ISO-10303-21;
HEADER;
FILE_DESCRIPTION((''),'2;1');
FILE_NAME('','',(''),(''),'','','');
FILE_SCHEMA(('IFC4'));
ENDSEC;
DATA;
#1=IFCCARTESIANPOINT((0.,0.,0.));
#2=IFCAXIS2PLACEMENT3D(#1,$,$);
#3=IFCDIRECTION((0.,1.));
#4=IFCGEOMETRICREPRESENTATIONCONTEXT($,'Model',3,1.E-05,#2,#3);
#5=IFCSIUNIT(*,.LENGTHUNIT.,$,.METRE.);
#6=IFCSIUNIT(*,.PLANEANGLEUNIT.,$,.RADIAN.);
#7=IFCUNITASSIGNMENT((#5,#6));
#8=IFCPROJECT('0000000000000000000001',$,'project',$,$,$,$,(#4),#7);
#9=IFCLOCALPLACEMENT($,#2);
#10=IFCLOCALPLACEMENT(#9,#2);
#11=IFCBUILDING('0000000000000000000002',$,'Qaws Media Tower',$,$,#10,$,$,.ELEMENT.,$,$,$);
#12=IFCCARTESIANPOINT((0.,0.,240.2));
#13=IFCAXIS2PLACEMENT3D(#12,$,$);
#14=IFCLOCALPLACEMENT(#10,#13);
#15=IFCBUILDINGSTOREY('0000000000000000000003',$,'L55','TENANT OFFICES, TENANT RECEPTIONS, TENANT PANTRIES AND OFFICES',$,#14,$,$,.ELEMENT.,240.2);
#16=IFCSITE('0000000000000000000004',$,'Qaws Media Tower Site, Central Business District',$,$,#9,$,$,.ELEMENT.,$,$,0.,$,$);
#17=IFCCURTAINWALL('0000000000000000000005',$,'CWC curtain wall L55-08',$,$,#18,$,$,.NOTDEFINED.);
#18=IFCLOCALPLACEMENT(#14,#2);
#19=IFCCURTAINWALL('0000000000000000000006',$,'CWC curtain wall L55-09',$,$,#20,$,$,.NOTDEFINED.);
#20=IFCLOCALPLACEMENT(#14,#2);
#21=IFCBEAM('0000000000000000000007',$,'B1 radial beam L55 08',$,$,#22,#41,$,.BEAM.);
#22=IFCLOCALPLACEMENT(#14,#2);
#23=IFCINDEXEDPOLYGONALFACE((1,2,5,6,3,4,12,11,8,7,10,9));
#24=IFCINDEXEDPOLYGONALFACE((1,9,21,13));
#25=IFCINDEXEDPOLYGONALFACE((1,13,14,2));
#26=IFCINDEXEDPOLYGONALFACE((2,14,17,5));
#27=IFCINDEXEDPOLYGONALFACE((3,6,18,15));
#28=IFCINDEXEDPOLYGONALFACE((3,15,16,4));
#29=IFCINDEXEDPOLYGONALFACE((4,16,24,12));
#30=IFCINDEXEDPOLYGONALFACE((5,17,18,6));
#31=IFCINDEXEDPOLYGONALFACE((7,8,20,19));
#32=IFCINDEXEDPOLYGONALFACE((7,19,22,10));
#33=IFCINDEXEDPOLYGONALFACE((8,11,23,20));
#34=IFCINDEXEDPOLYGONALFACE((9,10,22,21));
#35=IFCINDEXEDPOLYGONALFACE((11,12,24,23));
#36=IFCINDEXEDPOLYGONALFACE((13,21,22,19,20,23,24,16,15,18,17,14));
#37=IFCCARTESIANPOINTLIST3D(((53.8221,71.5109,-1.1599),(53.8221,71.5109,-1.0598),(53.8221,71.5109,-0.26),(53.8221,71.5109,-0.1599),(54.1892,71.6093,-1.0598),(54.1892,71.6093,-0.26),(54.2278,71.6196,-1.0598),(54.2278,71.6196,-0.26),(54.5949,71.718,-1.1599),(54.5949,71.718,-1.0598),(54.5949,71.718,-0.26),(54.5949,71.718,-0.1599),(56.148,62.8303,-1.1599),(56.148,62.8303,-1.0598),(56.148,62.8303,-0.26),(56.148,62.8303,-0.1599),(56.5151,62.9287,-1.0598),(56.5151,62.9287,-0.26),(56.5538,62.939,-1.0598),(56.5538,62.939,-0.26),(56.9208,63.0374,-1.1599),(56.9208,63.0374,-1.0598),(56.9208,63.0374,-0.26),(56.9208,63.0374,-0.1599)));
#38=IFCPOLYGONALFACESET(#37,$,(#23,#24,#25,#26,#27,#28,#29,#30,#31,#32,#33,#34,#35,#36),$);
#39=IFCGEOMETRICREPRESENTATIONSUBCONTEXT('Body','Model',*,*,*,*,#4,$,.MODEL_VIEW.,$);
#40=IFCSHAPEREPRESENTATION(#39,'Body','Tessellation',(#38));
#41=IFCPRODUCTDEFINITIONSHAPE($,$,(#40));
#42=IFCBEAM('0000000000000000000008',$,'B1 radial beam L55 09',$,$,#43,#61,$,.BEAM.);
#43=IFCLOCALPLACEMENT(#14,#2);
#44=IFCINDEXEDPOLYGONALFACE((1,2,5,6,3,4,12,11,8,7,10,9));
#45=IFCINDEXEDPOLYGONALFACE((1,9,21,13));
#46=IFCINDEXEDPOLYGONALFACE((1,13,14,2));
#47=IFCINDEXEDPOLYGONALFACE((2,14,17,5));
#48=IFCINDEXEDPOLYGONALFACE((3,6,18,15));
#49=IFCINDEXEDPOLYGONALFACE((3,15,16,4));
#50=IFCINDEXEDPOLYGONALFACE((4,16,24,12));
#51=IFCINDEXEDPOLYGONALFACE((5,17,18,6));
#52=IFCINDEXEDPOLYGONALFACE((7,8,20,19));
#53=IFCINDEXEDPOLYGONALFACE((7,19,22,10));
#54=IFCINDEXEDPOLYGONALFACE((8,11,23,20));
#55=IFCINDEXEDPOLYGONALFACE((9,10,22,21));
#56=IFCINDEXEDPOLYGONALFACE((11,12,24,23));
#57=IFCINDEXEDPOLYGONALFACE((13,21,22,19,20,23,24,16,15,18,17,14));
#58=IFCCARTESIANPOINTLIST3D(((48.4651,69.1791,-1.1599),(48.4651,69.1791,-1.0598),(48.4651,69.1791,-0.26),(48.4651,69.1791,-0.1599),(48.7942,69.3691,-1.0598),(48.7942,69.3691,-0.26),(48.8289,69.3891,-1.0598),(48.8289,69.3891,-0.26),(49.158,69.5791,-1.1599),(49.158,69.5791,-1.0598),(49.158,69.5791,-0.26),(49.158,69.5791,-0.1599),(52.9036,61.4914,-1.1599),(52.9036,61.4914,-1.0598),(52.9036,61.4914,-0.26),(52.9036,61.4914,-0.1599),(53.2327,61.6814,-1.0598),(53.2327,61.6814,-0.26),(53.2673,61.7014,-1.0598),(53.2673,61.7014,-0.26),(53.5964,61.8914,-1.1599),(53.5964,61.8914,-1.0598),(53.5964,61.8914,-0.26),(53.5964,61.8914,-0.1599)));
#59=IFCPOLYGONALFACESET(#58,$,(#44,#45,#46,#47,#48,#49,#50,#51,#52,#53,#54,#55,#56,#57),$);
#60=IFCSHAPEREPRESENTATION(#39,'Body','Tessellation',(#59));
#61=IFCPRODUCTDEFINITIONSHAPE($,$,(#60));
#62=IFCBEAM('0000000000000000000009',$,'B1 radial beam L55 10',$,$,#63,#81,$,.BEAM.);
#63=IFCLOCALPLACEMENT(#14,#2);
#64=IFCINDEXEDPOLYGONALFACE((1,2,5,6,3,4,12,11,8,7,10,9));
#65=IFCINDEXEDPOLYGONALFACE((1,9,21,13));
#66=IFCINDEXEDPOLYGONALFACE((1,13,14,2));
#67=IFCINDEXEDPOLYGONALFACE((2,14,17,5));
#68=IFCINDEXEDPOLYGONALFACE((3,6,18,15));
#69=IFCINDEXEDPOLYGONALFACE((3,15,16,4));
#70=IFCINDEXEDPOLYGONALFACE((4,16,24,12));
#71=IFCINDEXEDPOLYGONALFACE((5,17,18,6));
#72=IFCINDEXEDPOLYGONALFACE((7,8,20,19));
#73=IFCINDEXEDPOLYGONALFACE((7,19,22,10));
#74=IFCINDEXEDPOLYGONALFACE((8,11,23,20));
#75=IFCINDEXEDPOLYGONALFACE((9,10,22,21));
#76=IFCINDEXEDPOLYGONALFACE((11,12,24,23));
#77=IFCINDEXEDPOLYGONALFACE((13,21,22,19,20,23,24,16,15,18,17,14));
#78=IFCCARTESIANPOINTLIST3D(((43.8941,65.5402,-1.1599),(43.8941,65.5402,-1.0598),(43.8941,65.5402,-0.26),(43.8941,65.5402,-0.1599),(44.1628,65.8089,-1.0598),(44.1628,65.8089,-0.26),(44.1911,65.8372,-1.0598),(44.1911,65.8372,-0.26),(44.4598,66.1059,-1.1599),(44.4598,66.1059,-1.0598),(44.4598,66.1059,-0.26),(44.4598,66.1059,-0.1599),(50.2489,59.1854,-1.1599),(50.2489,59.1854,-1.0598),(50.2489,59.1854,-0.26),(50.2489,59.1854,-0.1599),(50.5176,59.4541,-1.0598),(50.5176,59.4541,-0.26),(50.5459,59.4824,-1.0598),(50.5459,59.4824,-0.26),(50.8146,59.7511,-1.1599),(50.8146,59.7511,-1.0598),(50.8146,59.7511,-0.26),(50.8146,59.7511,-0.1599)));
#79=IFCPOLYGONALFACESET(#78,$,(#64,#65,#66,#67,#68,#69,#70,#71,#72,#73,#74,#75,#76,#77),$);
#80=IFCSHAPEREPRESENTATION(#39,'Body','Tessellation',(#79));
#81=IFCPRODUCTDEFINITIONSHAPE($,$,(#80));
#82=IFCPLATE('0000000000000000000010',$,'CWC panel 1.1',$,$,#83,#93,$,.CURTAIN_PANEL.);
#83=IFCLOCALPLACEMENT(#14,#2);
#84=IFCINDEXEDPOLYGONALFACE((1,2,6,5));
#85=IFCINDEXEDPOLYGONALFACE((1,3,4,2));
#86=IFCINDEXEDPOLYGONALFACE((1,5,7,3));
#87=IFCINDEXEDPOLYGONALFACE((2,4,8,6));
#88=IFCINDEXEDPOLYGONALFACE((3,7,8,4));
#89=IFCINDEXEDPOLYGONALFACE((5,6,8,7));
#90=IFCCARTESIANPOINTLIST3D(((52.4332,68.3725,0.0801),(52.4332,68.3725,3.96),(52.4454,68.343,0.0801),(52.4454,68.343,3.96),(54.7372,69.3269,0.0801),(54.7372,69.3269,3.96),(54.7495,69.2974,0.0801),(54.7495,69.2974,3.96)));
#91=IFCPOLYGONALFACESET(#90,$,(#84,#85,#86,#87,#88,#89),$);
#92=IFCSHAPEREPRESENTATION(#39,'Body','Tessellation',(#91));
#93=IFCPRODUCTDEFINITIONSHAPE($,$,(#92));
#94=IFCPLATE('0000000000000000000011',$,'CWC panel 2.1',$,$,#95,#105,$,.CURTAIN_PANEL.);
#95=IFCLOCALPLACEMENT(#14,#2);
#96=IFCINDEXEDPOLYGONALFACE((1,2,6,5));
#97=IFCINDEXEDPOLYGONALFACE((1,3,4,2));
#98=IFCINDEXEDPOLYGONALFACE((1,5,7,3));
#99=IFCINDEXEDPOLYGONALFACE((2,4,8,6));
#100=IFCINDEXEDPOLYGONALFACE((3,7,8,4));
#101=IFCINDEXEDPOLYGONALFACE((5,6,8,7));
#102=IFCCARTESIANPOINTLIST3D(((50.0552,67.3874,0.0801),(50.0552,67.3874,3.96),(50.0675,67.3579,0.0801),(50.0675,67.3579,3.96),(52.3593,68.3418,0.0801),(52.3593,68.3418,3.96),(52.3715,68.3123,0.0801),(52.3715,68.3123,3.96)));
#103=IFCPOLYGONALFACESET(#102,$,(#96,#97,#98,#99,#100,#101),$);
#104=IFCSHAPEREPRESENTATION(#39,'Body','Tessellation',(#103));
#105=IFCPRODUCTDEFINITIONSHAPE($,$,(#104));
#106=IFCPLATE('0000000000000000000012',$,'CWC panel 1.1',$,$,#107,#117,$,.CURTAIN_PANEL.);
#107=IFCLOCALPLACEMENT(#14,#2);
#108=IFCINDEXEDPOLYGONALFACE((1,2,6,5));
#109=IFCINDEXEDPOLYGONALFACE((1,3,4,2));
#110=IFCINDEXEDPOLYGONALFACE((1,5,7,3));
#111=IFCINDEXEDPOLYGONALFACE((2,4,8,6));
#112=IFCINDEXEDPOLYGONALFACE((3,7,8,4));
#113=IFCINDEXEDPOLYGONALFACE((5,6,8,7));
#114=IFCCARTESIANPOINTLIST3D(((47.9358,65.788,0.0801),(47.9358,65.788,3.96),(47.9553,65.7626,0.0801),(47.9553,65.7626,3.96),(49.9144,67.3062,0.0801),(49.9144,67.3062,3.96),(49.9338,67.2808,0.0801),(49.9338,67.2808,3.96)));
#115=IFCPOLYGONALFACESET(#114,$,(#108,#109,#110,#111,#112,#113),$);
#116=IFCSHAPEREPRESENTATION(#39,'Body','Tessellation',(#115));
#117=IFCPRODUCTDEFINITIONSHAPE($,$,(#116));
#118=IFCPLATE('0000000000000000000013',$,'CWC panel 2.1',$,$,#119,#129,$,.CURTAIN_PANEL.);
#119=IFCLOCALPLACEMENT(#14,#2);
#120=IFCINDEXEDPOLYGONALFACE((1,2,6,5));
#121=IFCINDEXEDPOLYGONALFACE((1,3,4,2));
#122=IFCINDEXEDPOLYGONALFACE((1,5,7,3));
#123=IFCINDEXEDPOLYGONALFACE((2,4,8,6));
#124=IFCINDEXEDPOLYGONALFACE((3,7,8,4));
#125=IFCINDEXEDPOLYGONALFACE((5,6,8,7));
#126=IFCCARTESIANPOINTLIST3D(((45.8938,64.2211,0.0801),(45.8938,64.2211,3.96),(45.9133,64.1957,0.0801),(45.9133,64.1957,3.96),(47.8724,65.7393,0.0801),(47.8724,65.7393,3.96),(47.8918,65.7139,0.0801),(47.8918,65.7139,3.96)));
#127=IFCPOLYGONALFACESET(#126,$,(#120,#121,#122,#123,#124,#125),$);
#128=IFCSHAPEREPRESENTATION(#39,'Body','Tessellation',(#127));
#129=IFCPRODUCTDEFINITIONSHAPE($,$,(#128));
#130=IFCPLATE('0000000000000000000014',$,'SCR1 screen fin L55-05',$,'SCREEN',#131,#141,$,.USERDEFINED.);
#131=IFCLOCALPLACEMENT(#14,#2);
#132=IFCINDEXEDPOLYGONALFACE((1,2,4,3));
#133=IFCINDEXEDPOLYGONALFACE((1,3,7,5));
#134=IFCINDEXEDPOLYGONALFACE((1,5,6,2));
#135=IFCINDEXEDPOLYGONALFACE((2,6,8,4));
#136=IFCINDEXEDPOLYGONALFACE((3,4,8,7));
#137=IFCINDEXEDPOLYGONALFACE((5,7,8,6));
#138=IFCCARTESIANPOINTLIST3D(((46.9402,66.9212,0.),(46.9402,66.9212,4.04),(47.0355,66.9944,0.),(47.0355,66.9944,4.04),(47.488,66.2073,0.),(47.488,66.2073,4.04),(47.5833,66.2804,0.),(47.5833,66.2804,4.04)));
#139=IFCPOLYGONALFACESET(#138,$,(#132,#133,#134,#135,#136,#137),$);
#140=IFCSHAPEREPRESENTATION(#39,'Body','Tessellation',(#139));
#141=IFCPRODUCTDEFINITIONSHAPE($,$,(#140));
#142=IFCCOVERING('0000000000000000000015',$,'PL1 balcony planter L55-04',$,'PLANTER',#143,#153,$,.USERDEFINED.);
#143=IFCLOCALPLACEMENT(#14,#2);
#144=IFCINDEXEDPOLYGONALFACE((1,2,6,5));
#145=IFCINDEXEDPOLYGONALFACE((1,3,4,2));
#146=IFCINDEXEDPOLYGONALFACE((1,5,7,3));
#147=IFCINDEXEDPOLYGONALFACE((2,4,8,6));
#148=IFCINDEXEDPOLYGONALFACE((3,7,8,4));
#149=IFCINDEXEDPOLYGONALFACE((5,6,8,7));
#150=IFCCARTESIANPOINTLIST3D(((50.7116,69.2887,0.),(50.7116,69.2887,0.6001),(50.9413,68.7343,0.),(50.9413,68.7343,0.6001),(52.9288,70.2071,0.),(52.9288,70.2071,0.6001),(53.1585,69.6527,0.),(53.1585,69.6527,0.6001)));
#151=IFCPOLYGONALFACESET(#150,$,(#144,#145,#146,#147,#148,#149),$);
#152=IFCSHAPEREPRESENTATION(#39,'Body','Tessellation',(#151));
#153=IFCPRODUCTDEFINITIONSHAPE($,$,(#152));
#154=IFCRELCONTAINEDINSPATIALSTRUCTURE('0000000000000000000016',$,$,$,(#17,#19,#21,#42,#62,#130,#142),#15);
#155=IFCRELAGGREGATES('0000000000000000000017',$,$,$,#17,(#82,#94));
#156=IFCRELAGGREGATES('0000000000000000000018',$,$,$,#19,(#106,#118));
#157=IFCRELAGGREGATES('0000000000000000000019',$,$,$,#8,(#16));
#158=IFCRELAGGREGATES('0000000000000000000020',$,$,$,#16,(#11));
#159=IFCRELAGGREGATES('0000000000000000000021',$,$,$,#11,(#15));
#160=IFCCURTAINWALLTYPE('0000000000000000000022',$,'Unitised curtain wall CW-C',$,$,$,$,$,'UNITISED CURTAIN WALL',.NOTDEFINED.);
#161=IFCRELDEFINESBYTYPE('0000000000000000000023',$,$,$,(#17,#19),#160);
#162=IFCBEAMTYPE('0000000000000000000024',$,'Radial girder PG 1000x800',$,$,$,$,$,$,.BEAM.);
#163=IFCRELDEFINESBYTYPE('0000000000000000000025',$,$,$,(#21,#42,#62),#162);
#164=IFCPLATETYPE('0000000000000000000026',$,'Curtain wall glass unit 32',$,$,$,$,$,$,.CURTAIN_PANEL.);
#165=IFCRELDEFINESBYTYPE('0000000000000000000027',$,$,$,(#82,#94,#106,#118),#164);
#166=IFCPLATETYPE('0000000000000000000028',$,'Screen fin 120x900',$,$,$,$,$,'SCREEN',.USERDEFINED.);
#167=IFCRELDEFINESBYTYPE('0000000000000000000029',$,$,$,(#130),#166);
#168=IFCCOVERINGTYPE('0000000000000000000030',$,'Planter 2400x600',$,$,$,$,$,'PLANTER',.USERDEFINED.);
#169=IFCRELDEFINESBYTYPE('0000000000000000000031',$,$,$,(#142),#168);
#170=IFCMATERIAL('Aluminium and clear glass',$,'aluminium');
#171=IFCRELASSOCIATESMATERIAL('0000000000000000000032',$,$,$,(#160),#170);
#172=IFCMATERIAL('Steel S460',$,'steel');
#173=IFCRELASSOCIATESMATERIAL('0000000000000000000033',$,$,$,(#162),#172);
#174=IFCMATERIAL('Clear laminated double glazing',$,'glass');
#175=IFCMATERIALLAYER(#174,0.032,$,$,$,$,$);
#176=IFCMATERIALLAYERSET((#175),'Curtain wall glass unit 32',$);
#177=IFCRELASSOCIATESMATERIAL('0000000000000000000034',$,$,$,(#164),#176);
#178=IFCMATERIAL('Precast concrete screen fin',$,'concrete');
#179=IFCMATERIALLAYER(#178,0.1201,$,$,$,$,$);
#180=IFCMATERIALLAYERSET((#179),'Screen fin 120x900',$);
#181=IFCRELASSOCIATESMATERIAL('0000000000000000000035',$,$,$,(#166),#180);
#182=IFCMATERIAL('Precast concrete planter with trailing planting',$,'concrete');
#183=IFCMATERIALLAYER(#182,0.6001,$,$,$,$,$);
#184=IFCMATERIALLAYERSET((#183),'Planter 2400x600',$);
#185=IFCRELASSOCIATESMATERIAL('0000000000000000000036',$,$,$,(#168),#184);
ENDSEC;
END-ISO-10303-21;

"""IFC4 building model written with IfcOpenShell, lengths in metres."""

from ifc_helpers import new_model, si_unit, direction, frame, origin, origin_2d, place, context, subcontext, project, spatial, rectangle, i_section, extrude, material, layer, layer_set, material_profile, profile_set, type_object, element, aggregate, save


model = new_model("IFC4")

# Units and contexts
model_context = context("Model", 3, precision=1e-05, world=origin(), true_north=direction((0.0, 1.0)))
body_context = subcontext(model_context, "Body", "Model", "MODEL_VIEW")
ifc_project = project(units=[si_unit("LENGTHUNIT", "METRE"), si_unit("PLANEANGLEUNIT", "RADIAN")], contexts=[model_context])

# Site, building, storey
site_placement = place(None, origin())
site = spatial("IfcSite", under=ifc_project, at=site_placement, Name="Qaws Media Tower Site, Central Business District", CompositionType="ELEMENT", RefElevation=0.0)
building_placement = place(site_placement, origin())
building = spatial("IfcBuilding", under=site, at=building_placement, Name="Qaws Media Tower", CompositionType="ELEMENT")
storey_placement = place(building_placement, frame((0.0, 0.0, 240.2)))
storey = spatial("IfcBuildingStorey", under=building, at=storey_placement, Name="L55", Description="TENANT OFFICES, TENANT RECEPTIONS, TENANT PANTRIES AND OFFICES", CompositionType="ELEMENT", Elevation=240.2)

# Curtain walls
ifc_material_1 = material(Name="Aluminium and clear glass", Category="aluminium")
curtain_wall_type = type_object("IfcCurtainWallType", Name="Unitised curtain wall CW-C", ElementType="UNITISED CURTAIN WALL", PredefinedType="NOTDEFINED", material=ifc_material_1)
curtain_wall_1_placement = place(storey_placement, origin())
curtain_wall_1 = element("IfcCurtainWall", 1, at=curtain_wall_1_placement, inside=storey, type_object=curtain_wall_type, Name="CWC curtain wall L55-08", PredefinedType="NOTDEFINED")
curtain_wall_2_placement = place(storey_placement, origin())
curtain_wall_2 = element("IfcCurtainWall", 2, at=curtain_wall_2_placement, inside=storey, type_object=curtain_wall_type, Name="CWC curtain wall L55-09", PredefinedType="NOTDEFINED")

# Beams
ifc_material_2 = material(Name="Steel S460", Category="steel")
ifc_material_profile_1 = material_profile(ifc_material_2, i_section(OverallWidth=0.8, OverallDepth=1.0, WebThickness=0.04, FlangeThickness=0.1001, at=origin_2d()), Name="PG 1000x800")
ifc_profile_set_1 = profile_set([ifc_material_profile_1], Name="Steel S460")
beam_type_1 = type_object("IfcBeamType", Name="Radial girder PG 1000x800", PredefinedType="BEAM", material=ifc_profile_set_1)
beam_1_placement = place(storey_placement, frame((56.5344, 62.9338, -0.6599), z_axis=(-0.258814, 0.965927, 0.0), x_axis=(-0.965927, -0.258814, 0.0)))
element("IfcBeam", 3, at=beam_1_placement, inside=storey, type_object=beam_type_1, Name="B1 radial beam L55 08", PredefinedType="BEAM", context=body_context, shape_type="SweptSolid", body=[
    extrude(i_section(OverallWidth=0.8, OverallDepth=1.0, WebThickness=0.04, FlangeThickness=0.1001, at=origin_2d()), origin(), (0.0, 0.0, 1.0), 8.9868),
])
beam_2_placement = place(storey_placement, frame((53.25, 61.6914, -0.6599), z_axis=(-0.499996, 0.866028, 0.0), x_axis=(-0.866028, -0.499996, 0.0)))
element("IfcBeam", 4, at=beam_2_placement, inside=storey, type_object=beam_type_1, Name="B1 radial beam L55 09", PredefinedType="BEAM", context=body_context, shape_type="SweptSolid", body=[
    extrude(i_section(OverallWidth=0.8, OverallDepth=1.0, WebThickness=0.04, FlangeThickness=0.1001, at=origin_2d()), origin(), (0.0, 0.0, 1.0), 8.877),
])
beam_3_placement = place(storey_placement, frame((50.5317, 59.4683, -0.6599), z_axis=(-0.707107, 0.707107, 0.0), x_axis=(-0.707107, -0.707107, 0.0)))
element("IfcBeam", 5, at=beam_3_placement, inside=storey, type_object=beam_type_1, Name="B1 radial beam L55 10", PredefinedType="BEAM", context=body_context, shape_type="SweptSolid", body=[
    extrude(i_section(OverallWidth=0.8, OverallDepth=1.0, WebThickness=0.04, FlangeThickness=0.1001, at=origin_2d()), origin(), (0.0, 0.0, 1.0), 8.9871),
])

# Plates
ifc_material_3 = material(Name="Clear laminated double glazing", Category="glass")
ifc_layer_1 = layer(ifc_material_3, 0.032)
ifc_layer_set_1 = layer_set([ifc_layer_1], Name="Curtain wall glass unit 32")
plate_type_1 = type_object("IfcPlateType", Name="Curtain wall glass unit 32", PredefinedType="CURTAIN_PANEL", material=ifc_layer_set_1)
plate_1_placement = place(storey_placement, frame((53.5913, 68.835, 0.0801), z_axis=(0.0, 0.0, 1.0), x_axis=(-0.92388, -0.382683, 0.0)))
plate_1 = element("IfcPlate", 6, at=plate_1_placement, type_object=plate_type_1, Name="CWC panel 1.1", PredefinedType="CURTAIN_PANEL", context=body_context, shape_type="SweptSolid", body=[
    extrude(rectangle(XDim=2.4939, YDim=0.032, at=origin_2d()), origin(), (0.0, 0.0, 1.0), 3.8799),
])
plate_2_placement = place(storey_placement, frame((51.2134, 67.8499, 0.0801), z_axis=(0.0, 0.0, 1.0), x_axis=(-0.92388, -0.382683, 0.0)))
plate_2 = element("IfcPlate", 7, at=plate_2_placement, type_object=plate_type_1, Name="CWC panel 2.1", PredefinedType="CURTAIN_PANEL", context=body_context, shape_type="SweptSolid", body=[
    extrude(rectangle(XDim=2.4939, YDim=0.032, at=origin_2d()), origin(), (0.0, 0.0, 1.0), 3.8799),
])
aggregate(curtain_wall_1, [plate_1, plate_2])
plate_3_placement = place(storey_placement, frame((48.9348, 66.5344, 0.0801), z_axis=(0.0, 0.0, 1.0), x_axis=(-0.793353, -0.608762, 0.0)))
plate_3 = element("IfcPlate", 8, at=plate_3_placement, type_object=plate_type_1, Name="CWC panel 1.1", PredefinedType="CURTAIN_PANEL", context=body_context, shape_type="SweptSolid", body=[
    extrude(rectangle(XDim=2.4939, YDim=0.032, at=origin_2d()), origin(), (0.0, 0.0, 1.0), 3.8799),
])
plate_4_placement = place(storey_placement, frame((46.8928, 64.9675, 0.0801), z_axis=(0.0, 0.0, 1.0), x_axis=(-0.793353, -0.608762, 0.0)))
plate_4 = element("IfcPlate", 9, at=plate_4_placement, type_object=plate_type_1, Name="CWC panel 2.1", PredefinedType="CURTAIN_PANEL", context=body_context, shape_type="SweptSolid", body=[
    extrude(rectangle(XDim=2.4939, YDim=0.032, at=origin_2d()), origin(), (0.0, 0.0, 1.0), 3.8799),
])
aggregate(curtain_wall_2, [plate_3, plate_4])
ifc_material_4 = material(Name="Precast concrete screen fin", Category="concrete")
ifc_layer_2 = layer(ifc_material_4, 0.1201)
ifc_layer_set_2 = layer_set([ifc_layer_2], Name="Screen fin 120x900")
plate_type_2 = type_object("IfcPlateType", Name="Screen fin 120x900", ElementType="SCREEN", PredefinedType="USERDEFINED", material=ifc_layer_set_2)
plate_5_placement = place(storey_placement, frame((47.2617, 66.6008, 0.0), z_axis=(0.0, 0.0, 1.0), x_axis=(-0.608761, 0.793353, 0.0)))
element("IfcPlate", 10, at=plate_5_placement, inside=storey, type_object=plate_type_2, Name="SCR1 screen fin L55-05", ObjectType="SCREEN", PredefinedType="USERDEFINED", context=body_context, shape_type="SweptSolid", body=[
    extrude(rectangle(XDim=0.8999, YDim=0.1201, at=origin_2d()), origin(), (0.0, 0.0, 1.0), 4.04),
])

# Covering
ifc_material_5 = material(Name="Precast concrete planter with trailing planting", Category="concrete")
ifc_layer_3 = layer(ifc_material_5, 0.6001)
ifc_layer_set_3 = layer_set([ifc_layer_3], Name="Planter 2400x600")
covering_type = type_object("IfcCoveringType", Name="Planter 2400x600", ElementType="PLANTER", PredefinedType="USERDEFINED", material=ifc_layer_set_3)
covering_placement = place(storey_placement, frame((51.9351, 69.4707, 0.0), z_axis=(0.0, 0.0, 1.0), x_axis=(-0.92388, -0.382683, 0.0)))
element("IfcCovering", 11, at=covering_placement, inside=storey, type_object=covering_type, Name="PL1 balcony planter L55-04", ObjectType="PLANTER", PredefinedType="USERDEFINED", context=body_context, shape_type="SweptSolid", body=[
    extrude(rectangle(XDim=2.3999, YDim=0.6001, at=origin_2d()), origin(), (0.0, 0.0, 1.0), 0.6001),
])

save(model, "model.ifc")
